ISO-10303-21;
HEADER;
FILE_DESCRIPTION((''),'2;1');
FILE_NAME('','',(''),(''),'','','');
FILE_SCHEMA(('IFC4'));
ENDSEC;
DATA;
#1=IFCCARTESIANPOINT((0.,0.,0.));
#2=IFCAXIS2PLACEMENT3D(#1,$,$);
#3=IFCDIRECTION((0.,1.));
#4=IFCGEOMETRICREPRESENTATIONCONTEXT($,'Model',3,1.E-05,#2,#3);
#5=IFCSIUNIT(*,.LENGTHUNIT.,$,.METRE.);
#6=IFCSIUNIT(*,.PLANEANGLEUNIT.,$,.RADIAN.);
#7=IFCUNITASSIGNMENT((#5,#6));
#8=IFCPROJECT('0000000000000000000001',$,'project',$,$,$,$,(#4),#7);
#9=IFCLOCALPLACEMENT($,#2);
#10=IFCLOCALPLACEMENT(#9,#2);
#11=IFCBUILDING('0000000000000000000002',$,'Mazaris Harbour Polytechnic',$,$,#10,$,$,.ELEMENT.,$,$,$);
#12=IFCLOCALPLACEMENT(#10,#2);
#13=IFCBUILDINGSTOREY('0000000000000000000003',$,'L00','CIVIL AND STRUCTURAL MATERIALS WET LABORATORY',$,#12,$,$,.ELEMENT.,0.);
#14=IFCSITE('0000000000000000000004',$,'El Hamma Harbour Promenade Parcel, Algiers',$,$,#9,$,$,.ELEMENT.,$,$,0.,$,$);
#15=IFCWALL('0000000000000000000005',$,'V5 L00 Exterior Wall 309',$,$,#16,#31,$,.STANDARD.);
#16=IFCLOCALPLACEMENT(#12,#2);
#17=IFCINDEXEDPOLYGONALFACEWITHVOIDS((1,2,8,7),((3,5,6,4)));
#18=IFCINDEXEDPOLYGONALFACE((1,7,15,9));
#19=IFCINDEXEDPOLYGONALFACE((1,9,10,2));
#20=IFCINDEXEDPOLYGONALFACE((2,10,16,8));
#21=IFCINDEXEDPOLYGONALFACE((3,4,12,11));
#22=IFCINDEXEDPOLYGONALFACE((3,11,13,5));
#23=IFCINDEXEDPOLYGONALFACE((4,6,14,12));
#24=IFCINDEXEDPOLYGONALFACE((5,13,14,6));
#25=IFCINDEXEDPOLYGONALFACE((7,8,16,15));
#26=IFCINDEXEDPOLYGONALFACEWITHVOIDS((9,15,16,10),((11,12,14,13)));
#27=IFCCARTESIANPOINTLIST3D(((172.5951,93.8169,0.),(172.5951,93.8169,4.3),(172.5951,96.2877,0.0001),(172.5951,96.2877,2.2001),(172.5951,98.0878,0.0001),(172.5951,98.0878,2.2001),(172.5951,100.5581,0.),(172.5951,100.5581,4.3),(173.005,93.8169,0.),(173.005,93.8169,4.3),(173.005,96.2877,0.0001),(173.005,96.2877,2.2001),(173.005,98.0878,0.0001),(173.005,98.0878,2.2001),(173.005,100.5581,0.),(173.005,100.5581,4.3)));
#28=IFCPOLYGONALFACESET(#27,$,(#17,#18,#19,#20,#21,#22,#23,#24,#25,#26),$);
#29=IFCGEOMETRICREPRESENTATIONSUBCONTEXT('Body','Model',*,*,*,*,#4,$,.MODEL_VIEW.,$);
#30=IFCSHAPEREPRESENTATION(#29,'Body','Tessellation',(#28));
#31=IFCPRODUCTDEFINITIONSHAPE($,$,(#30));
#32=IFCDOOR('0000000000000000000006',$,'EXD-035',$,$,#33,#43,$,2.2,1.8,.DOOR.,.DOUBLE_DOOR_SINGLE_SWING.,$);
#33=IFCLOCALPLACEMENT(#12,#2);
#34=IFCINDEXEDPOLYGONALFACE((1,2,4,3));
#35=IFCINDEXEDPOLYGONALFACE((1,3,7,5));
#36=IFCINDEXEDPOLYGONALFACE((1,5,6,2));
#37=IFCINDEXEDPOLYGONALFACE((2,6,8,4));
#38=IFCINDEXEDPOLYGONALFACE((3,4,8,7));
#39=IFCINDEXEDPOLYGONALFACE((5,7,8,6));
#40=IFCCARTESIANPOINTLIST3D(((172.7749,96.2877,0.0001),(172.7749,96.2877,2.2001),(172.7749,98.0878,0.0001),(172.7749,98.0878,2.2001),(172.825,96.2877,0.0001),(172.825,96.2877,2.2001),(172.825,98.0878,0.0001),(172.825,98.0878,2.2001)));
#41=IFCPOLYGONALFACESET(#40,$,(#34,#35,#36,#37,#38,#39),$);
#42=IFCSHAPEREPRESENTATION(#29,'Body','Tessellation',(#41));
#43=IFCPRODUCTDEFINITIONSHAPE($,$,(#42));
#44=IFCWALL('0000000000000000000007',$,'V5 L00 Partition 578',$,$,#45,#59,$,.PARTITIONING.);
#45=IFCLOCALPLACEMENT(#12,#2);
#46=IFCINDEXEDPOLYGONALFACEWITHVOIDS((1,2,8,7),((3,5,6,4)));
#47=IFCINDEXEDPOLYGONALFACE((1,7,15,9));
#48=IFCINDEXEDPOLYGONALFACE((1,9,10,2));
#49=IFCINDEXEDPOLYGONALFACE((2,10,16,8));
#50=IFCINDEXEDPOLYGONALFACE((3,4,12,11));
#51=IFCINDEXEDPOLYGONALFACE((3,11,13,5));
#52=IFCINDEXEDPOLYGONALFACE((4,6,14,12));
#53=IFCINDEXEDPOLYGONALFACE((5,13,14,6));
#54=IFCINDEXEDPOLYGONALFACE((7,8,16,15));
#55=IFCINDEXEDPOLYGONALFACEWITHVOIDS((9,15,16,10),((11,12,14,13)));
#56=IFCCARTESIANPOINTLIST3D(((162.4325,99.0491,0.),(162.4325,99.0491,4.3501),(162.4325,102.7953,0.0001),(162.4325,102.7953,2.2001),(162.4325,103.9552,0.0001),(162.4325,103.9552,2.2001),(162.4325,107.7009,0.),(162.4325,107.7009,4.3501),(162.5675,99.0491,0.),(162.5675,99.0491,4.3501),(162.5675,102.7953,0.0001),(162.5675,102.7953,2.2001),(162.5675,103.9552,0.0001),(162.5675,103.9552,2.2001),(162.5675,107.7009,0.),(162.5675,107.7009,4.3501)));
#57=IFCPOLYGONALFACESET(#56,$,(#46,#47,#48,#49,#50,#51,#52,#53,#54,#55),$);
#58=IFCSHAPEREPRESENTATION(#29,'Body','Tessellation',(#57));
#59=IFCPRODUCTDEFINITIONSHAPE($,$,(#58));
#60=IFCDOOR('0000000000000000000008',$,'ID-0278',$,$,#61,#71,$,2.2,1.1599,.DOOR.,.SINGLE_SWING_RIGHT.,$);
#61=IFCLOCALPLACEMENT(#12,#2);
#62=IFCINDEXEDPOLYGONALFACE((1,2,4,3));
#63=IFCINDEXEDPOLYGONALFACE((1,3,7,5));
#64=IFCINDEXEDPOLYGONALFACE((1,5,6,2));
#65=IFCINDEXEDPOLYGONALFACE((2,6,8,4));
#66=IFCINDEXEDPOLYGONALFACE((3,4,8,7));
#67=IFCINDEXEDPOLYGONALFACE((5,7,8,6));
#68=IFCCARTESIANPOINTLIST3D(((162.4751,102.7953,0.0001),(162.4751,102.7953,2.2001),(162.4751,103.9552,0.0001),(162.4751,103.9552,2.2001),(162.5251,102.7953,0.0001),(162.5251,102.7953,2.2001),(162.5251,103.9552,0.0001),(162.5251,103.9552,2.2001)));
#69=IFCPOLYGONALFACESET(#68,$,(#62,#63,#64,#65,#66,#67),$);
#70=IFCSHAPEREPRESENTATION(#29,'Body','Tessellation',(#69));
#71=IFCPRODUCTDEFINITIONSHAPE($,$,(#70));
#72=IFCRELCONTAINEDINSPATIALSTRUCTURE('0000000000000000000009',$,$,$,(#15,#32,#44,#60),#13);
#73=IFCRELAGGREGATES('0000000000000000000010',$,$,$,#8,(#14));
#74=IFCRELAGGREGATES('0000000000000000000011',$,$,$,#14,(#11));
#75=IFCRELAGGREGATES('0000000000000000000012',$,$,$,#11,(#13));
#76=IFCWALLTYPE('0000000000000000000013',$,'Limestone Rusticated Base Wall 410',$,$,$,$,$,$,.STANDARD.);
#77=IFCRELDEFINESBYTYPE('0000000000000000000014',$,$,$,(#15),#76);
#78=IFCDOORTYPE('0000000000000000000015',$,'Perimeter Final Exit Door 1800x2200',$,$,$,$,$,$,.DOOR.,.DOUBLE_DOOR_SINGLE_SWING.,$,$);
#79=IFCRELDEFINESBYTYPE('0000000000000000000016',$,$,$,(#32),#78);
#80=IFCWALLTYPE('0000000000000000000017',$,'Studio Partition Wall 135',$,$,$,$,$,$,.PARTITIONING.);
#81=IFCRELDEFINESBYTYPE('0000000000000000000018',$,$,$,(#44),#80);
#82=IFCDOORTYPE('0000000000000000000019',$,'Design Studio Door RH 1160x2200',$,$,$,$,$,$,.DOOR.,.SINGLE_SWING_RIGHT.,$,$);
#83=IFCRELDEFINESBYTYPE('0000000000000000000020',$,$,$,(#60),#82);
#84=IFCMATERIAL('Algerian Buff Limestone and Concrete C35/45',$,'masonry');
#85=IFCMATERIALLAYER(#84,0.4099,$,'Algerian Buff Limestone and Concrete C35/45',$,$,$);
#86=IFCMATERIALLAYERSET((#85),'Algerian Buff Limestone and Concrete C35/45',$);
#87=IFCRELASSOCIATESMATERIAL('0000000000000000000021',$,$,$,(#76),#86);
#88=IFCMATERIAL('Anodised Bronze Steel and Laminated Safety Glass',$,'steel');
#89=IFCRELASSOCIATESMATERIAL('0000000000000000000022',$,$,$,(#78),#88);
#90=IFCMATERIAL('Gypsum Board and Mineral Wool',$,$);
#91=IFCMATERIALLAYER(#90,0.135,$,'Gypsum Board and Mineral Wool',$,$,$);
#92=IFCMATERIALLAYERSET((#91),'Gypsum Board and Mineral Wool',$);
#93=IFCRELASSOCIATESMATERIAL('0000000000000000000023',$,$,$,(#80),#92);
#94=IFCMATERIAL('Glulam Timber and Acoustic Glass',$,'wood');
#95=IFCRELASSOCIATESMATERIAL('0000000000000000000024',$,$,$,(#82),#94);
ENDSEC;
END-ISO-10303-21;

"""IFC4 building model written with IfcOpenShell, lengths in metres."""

from ifc_helpers import new_model, si_unit, direction, frame, frame_2d, origin, place, context, subcontext, project, spatial, rectangle, extrude, material, layer, layer_set, type_object, element, fill, save


model = new_model("IFC4")

# Units and contexts
model_context = context("Model", 3, precision=1e-05, world=origin(), true_north=direction((0.0, 1.0)))
body_context = subcontext(model_context, "Body", "Model", "MODEL_VIEW")
ifc_project = project(units=[si_unit("LENGTHUNIT", "METRE"), si_unit("PLANEANGLEUNIT", "RADIAN")], contexts=[model_context])

# Site, building, storey
site_placement = place(None, origin())
site = spatial("IfcSite", under=ifc_project, at=site_placement, Name="El Hamma Harbour Promenade Parcel, Algiers", CompositionType="ELEMENT", RefElevation=0.0)
building_placement = place(site_placement, origin())
building = spatial("IfcBuilding", under=site, at=building_placement, Name="Mazaris Harbour Polytechnic", CompositionType="ELEMENT")
storey_placement = place(building_placement, origin())
storey = spatial("IfcBuildingStorey", under=building, at=storey_placement, Name="L00", Description="CIVIL AND STRUCTURAL MATERIALS WET LABORATORY", CompositionType="ELEMENT", Elevation=0.0)

# Shared definitions
ifc_material_1 = material(Name="Algerian Buff Limestone and Concrete C35/45", Category="masonry")
ifc_layer_1 = layer(ifc_material_1, 0.4099, Name="Algerian Buff Limestone and Concrete C35/45")
ifc_layer_set_1 = layer_set([ifc_layer_1], Name="Algerian Buff Limestone and Concrete C35/45")
wall_type_1 = type_object("IfcWallType", Name="Limestone Rusticated Base Wall 410", PredefinedType="STANDARD", material=ifc_layer_set_1)

# Walls, openings, doors
wall_1_placement = place(storey_placement, frame((172.8, 100.5581, 0.0), z_axis=(0.0, 0.0, 1.0), x_axis=(0.0, -1.0, 0.0)))
wall_1 = element("IfcWall", 1, at=wall_1_placement, inside=storey, type_object=wall_type_1, Name="V5 L00 Exterior Wall 309", PredefinedType="STANDARD", context=body_context, shape_type="SweptSolid", body=[
    extrude(rectangle(XDim=6.7412, YDim=0.4099, at=frame_2d((3.3706, 0.0))), origin(), (0.0, 0.0, 1.0), 4.3),
])
opening_1_placement = place(wall_1_placement, frame((2.4705, 0.0, 0.0)))
opening_1 = element("IfcOpeningElement", 2, at=opening_1_placement, cuts=wall_1, PredefinedType="OPENING", context=body_context, shape_type="SweptSolid", body=[
    extrude(rectangle(XDim=1.8, YDim=2.2, at=frame_2d((0.8999, 1.1001))), frame((0.0, 0.2148, 0.0), z_axis=(0.0, -1.0, 0.0), x_axis=(1.0, 0.0, 0.0)), (0.0, 0.0, 1.0), 0.4299),
])
ifc_material_2 = material(Name="Anodised Bronze Steel and Laminated Safety Glass", Category="steel")
door_type_1 = type_object("IfcDoorType", Name="Perimeter Final Exit Door 1800x2200", OperationType="DOUBLE_DOOR_SINGLE_SWING", PredefinedType="DOOR", material=ifc_material_2)
door_1_placement = place(opening_1_placement, origin())
door_1 = element("IfcDoor", 3, at=door_1_placement, inside=storey, type_object=door_type_1, Name="EXD-035", OperationType="DOUBLE_DOOR_SINGLE_SWING", OverallHeight=2.2, OverallWidth=1.8, PredefinedType="DOOR", context=body_context, shape_type="SweptSolid", body=[
    extrude(rectangle(XDim=1.8, YDim=2.2, at=frame_2d((0.8999, 1.1001))), frame((0.0, 0.0249, 0.0), z_axis=(0.0, -1.0, 0.0), x_axis=(1.0, 0.0, 0.0)), (0.0, 0.0, 1.0), 0.05),
])
fill(opening_1, door_1)
ifc_material_3 = material(Name="Gypsum Board and Mineral Wool")
ifc_layer_2 = layer(ifc_material_3, 0.135, Name="Gypsum Board and Mineral Wool")
ifc_layer_set_2 = layer_set([ifc_layer_2], Name="Gypsum Board and Mineral Wool")
wall_type_2 = type_object("IfcWallType", Name="Studio Partition Wall 135", PredefinedType="PARTITIONING", material=ifc_layer_set_2)
wall_2_placement = place(storey_placement, frame((162.5, 99.0491, 0.0), z_axis=(0.0, 0.0, 1.0), x_axis=(0.0, 1.0, 0.0)))
wall_2 = element("IfcWall", 4, at=wall_2_placement, inside=storey, type_object=wall_type_2, Name="V5 L00 Partition 578", PredefinedType="PARTITIONING", context=body_context, shape_type="SweptSolid", body=[
    extrude(rectangle(XDim=8.6519, YDim=0.135, at=frame_2d((4.3259, 0.0))), origin(), (0.0, 0.0, 1.0), 4.3501),
])
opening_2_placement = place(wall_2_placement, frame((3.7461, 0.0, 0.0)))
opening_2 = element("IfcOpeningElement", 5, at=opening_2_placement, cuts=wall_2, PredefinedType="OPENING", context=body_context, shape_type="SweptSolid", body=[
    extrude(rectangle(XDim=1.1599, YDim=2.2, at=frame_2d((0.5801, 1.1001))), frame((0.0, 0.0774, 0.0), z_axis=(0.0, -1.0, 0.0), x_axis=(1.0, 0.0, 0.0)), (0.0, 0.0, 1.0), 0.155),
])
ifc_material_4 = material(Name="Glulam Timber and Acoustic Glass", Category="wood")
door_type_2 = type_object("IfcDoorType", Name="Design Studio Door RH 1160x2200", OperationType="SINGLE_SWING_RIGHT", PredefinedType="DOOR", material=ifc_material_4)
door_2_placement = place(opening_2_placement, origin())
door_2 = element("IfcDoor", 6, at=door_2_placement, inside=storey, type_object=door_type_2, Name="ID-0278", OperationType="SINGLE_SWING_RIGHT", OverallHeight=2.2, OverallWidth=1.1599, PredefinedType="DOOR", context=body_context, shape_type="SweptSolid", body=[
    extrude(rectangle(XDim=1.1599, YDim=2.2, at=frame_2d((0.5801, 1.1001))), frame((0.0, 0.0249, 0.0), z_axis=(0.0, -1.0, 0.0), x_axis=(1.0, 0.0, 0.0)), (0.0, 0.0, 1.0), 0.05),
])
fill(opening_2, door_2)

save(model, "model.ifc")
